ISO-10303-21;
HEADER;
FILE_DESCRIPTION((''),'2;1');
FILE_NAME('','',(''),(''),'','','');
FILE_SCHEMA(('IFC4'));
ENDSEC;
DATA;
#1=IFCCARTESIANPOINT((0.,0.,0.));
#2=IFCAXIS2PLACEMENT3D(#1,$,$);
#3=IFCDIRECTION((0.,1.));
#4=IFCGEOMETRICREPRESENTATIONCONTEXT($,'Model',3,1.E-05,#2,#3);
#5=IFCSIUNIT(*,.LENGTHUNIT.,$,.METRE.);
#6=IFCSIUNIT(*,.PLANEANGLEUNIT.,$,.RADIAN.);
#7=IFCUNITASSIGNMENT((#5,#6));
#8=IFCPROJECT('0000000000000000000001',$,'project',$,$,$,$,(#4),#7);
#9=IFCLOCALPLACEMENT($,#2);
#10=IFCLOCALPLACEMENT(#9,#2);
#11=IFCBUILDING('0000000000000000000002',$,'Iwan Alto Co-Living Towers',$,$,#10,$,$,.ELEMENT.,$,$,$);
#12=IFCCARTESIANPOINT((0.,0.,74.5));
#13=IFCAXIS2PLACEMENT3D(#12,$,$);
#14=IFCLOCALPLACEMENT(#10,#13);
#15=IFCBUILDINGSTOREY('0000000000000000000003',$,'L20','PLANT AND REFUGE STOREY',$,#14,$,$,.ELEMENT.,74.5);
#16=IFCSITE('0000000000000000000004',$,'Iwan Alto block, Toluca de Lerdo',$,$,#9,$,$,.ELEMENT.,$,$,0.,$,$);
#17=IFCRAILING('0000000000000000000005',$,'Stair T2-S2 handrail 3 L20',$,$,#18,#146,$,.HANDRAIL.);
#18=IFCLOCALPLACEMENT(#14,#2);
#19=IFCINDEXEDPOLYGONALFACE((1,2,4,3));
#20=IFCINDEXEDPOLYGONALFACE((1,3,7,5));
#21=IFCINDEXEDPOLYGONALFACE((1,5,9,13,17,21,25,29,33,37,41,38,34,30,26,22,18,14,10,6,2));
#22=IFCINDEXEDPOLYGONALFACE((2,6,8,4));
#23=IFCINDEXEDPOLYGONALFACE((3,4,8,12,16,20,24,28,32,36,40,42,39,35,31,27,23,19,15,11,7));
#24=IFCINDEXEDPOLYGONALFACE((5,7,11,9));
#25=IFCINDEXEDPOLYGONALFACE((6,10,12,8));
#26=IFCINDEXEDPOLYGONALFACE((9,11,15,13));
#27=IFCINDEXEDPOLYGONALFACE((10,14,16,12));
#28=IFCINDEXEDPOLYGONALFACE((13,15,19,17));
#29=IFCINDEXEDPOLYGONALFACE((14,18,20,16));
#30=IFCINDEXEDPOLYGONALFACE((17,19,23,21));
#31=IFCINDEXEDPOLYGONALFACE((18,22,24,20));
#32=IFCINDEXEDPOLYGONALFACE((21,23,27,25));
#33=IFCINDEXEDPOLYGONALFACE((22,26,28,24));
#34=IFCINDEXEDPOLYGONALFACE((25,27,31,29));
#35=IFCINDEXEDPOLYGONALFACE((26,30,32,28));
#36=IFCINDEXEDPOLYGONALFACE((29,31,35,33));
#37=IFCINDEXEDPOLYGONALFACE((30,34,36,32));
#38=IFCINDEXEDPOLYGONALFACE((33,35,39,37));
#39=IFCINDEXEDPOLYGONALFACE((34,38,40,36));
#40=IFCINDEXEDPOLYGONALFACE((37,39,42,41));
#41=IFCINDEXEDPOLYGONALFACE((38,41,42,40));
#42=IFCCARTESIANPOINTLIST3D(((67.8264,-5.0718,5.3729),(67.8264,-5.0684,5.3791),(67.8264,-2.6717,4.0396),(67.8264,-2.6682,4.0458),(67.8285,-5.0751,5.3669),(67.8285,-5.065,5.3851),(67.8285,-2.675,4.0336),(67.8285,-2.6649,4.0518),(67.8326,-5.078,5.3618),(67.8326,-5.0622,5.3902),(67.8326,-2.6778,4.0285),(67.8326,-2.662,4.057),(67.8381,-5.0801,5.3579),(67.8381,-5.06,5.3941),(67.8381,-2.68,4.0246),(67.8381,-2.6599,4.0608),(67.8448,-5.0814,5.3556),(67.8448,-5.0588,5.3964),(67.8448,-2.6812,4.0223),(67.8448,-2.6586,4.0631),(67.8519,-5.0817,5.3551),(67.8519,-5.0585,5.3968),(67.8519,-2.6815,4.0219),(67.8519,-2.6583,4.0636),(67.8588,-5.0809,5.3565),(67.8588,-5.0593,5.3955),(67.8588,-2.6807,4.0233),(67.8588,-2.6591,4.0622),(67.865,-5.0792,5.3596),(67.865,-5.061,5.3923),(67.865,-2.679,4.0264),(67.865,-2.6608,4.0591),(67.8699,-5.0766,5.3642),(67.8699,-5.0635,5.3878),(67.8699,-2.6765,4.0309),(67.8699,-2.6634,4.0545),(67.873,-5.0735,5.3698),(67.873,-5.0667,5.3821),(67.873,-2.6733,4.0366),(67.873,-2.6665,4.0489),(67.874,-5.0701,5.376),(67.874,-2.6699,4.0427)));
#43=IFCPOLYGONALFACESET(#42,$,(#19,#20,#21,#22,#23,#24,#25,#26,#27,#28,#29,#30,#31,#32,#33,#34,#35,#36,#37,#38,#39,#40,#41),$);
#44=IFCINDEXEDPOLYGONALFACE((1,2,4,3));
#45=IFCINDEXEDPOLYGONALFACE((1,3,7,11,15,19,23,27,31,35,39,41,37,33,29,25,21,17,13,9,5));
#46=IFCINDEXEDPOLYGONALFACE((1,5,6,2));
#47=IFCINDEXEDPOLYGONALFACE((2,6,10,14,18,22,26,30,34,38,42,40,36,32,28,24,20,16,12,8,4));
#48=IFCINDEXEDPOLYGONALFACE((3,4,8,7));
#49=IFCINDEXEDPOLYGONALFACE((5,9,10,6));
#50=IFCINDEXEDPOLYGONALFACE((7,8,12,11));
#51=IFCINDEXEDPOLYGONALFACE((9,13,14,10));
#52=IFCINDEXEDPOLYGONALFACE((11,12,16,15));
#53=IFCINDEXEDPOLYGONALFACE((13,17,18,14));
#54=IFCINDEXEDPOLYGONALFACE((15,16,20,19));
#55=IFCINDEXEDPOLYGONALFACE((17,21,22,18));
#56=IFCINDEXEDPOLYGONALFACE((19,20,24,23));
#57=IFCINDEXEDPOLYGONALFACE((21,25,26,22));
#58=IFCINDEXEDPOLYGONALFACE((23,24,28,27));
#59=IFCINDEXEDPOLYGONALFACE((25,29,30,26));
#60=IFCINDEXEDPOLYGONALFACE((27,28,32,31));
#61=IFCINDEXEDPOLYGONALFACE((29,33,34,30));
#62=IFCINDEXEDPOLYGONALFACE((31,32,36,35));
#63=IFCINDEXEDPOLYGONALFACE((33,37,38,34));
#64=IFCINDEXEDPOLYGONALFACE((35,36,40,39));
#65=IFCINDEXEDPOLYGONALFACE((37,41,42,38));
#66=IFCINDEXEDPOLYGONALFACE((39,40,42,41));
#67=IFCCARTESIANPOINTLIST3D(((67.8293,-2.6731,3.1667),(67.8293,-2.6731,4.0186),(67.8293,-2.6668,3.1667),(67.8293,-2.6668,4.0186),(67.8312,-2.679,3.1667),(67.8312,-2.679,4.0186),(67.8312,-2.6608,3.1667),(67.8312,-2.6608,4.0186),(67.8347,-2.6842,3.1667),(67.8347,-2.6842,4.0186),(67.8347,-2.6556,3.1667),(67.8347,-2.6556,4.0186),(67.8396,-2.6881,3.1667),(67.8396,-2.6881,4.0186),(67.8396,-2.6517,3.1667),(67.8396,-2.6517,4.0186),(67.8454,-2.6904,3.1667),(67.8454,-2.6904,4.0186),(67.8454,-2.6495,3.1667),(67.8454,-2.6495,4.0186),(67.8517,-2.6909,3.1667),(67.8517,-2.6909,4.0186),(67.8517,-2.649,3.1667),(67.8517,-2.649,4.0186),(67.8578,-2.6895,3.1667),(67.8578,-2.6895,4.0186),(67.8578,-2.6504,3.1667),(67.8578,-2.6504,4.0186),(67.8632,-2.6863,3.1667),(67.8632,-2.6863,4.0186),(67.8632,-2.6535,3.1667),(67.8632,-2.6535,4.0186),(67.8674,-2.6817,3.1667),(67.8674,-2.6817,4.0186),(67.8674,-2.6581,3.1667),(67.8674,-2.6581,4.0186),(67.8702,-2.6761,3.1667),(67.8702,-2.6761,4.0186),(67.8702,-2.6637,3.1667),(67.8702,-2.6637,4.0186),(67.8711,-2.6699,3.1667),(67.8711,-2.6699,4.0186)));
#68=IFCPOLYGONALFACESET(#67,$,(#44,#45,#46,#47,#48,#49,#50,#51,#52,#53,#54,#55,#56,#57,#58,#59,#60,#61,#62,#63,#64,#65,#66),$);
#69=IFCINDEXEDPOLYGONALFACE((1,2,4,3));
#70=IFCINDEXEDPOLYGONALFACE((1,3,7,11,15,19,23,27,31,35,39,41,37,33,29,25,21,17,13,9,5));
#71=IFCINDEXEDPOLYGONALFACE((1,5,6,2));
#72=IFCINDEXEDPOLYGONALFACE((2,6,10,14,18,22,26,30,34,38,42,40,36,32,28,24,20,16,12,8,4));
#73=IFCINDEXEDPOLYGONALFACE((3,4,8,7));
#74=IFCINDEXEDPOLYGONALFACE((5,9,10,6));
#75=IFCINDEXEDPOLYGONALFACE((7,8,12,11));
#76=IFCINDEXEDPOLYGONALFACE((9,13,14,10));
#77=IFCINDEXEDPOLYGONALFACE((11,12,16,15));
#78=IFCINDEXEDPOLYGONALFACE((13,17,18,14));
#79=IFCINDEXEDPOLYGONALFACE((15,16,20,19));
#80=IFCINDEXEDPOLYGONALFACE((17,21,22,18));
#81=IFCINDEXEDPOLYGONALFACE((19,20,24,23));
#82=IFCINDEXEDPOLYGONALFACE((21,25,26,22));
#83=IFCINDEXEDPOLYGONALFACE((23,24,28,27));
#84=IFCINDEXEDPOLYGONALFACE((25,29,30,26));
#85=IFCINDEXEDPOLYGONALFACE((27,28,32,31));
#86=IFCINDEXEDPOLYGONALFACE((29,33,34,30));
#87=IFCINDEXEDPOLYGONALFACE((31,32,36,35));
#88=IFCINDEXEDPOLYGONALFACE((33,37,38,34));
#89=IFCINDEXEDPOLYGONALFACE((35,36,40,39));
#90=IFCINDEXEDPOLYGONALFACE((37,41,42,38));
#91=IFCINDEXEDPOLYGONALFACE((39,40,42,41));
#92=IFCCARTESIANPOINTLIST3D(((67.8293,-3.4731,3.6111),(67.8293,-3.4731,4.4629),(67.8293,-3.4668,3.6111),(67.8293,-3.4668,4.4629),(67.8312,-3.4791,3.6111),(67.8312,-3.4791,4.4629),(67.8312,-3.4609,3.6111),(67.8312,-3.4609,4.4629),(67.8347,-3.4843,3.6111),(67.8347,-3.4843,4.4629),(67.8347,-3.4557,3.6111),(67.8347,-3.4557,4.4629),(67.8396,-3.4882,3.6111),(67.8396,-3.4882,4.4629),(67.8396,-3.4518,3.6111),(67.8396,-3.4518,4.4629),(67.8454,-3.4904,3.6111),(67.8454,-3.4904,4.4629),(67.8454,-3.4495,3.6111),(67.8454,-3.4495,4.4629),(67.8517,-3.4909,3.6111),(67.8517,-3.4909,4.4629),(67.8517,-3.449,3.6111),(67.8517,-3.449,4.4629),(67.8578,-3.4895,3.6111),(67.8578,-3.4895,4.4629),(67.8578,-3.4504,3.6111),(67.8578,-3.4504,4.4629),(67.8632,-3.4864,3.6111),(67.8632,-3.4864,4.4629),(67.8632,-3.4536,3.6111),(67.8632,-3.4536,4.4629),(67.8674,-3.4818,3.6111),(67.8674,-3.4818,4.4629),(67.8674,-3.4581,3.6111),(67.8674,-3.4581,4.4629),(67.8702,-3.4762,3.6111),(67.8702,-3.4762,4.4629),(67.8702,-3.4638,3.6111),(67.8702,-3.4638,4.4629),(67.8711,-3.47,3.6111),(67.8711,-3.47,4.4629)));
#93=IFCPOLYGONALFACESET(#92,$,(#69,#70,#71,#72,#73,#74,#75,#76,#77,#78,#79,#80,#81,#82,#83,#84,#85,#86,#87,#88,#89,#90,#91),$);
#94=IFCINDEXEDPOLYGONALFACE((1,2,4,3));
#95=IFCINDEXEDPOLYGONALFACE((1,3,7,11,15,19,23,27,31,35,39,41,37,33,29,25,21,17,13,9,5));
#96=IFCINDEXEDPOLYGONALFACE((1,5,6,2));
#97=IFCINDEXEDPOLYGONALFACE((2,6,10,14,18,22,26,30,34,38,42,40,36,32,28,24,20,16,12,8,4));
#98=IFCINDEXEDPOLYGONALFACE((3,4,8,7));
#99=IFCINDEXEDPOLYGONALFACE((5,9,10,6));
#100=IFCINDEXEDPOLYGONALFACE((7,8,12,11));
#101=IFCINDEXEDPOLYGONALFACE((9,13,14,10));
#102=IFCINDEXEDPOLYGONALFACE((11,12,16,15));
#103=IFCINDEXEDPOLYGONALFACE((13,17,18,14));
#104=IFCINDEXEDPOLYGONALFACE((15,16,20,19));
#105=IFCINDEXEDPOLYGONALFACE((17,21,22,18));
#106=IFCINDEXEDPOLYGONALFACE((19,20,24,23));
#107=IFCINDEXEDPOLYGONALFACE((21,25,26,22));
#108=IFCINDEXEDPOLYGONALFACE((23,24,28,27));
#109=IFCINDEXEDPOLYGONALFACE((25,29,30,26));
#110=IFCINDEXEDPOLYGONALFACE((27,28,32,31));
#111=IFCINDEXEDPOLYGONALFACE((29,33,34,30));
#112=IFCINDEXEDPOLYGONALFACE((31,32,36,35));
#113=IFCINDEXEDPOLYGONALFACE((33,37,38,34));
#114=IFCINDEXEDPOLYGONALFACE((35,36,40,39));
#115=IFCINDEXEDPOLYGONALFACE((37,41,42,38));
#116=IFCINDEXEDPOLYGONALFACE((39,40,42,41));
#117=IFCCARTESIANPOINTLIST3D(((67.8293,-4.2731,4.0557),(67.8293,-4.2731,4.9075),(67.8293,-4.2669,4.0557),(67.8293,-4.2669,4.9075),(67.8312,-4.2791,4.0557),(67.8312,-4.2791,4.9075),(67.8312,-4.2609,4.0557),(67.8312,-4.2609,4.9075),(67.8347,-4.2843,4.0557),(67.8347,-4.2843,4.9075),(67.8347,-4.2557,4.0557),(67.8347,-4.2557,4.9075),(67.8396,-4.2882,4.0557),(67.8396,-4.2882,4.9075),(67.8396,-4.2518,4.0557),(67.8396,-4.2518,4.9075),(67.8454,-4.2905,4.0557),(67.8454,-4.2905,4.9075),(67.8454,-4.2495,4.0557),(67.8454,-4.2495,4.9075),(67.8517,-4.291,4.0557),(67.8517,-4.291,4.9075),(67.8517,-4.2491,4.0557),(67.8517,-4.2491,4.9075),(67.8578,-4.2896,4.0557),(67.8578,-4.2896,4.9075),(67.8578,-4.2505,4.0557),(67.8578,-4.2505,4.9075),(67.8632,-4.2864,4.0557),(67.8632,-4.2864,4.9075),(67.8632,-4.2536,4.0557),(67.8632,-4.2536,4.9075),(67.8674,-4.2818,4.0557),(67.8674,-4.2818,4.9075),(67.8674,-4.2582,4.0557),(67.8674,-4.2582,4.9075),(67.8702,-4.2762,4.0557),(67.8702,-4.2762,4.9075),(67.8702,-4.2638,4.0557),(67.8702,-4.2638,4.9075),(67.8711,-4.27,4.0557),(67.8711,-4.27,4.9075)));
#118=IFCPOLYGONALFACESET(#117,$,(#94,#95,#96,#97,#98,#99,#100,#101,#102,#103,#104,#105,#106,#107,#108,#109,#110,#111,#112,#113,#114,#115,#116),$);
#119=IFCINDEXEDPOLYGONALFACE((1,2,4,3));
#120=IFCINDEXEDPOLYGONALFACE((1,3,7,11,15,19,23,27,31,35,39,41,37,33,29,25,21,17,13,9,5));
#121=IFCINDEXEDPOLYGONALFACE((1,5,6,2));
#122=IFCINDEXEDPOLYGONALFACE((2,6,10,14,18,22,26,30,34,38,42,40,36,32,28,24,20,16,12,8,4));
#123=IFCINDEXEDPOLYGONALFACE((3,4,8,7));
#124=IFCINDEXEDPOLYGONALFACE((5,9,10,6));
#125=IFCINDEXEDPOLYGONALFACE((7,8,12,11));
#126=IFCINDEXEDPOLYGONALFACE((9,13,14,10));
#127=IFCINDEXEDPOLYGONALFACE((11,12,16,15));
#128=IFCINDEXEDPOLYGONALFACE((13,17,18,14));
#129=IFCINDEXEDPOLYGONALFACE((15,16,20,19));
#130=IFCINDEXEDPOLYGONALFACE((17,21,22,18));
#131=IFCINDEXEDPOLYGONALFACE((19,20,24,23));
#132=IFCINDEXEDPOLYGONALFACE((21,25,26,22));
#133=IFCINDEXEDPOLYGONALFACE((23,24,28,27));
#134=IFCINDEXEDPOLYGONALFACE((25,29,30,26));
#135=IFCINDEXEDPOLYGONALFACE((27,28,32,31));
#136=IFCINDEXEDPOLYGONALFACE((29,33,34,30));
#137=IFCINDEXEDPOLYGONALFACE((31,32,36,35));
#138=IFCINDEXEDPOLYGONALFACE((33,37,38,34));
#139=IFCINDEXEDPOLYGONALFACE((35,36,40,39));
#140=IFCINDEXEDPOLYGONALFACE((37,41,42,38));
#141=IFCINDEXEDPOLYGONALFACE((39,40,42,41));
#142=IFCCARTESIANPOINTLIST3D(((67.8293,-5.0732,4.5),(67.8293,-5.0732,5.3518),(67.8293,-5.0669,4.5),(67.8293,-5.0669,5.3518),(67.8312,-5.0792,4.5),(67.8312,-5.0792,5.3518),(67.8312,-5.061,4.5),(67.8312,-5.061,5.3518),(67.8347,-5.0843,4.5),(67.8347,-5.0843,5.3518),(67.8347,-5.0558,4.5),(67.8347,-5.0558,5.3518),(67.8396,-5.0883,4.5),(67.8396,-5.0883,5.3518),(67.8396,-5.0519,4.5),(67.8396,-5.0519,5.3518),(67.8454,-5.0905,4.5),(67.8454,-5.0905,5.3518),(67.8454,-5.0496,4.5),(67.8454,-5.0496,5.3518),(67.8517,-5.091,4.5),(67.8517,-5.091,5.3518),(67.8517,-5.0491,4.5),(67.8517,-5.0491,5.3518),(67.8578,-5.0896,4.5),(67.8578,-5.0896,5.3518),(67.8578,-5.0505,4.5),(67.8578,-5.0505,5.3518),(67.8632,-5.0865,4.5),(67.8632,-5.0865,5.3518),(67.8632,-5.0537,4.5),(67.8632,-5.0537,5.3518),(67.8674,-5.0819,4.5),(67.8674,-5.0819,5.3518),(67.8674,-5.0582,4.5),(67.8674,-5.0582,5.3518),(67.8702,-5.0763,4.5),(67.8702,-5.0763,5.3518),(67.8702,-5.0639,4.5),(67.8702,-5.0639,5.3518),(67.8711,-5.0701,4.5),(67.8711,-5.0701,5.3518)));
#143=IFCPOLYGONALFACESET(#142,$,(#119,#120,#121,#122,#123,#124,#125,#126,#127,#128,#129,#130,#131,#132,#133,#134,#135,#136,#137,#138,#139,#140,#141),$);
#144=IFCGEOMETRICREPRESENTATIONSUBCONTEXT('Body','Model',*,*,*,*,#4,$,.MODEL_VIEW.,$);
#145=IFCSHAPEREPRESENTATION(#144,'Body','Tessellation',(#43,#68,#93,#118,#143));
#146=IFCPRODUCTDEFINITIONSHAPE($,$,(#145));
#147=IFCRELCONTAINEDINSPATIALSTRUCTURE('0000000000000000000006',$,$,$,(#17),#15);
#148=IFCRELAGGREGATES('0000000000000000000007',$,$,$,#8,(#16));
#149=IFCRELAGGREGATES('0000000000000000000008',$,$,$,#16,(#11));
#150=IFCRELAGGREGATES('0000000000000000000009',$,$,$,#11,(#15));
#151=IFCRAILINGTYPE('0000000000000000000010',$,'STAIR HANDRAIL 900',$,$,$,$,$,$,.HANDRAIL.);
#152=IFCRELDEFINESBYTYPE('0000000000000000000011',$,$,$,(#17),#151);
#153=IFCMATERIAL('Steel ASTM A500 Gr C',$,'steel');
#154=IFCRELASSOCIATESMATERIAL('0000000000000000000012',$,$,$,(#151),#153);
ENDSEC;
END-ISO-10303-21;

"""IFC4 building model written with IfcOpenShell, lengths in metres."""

from ifc_helpers import new_model, si_unit, direction, frame, origin, origin_2d, place, context, subcontext, project, spatial, circle, extrude, material, type_object, element, save


model = new_model("IFC4")

# Units and contexts
model_context = context("Model", 3, precision=1e-05, world=origin(), true_north=direction((0.0, 1.0)))
body_context = subcontext(model_context, "Body", "Model", "MODEL_VIEW")
ifc_project = project(units=[si_unit("LENGTHUNIT", "METRE"), si_unit("PLANEANGLEUNIT", "RADIAN")], contexts=[model_context])

# Site, building, storey
site_placement = place(None, origin())
site = spatial("IfcSite", under=ifc_project, at=site_placement, Name="Iwan Alto block, Toluca de Lerdo", CompositionType="ELEMENT", RefElevation=0.0)
building_placement = place(site_placement, origin())
building = spatial("IfcBuilding", under=site, at=building_placement, Name="Iwan Alto Co-Living Towers", CompositionType="ELEMENT")
storey_placement = place(building_placement, frame((0.0, 0.0, 74.5)))
storey = spatial("IfcBuildingStorey", under=building, at=storey_placement, Name="L20", Description="PLANT AND REFUGE STOREY", CompositionType="ELEMENT", Elevation=74.5)

# Railing
ifc_material_1 = material(Name="Steel ASTM A500 Gr C", Category="steel")
railing_type_1 = type_object("IfcRailingType", Name="STAIR HANDRAIL 900", PredefinedType="HANDRAIL", material=ifc_material_1)
railing_1_placement = place(storey_placement, frame((67.8501, -2.6699, 3.1667)))
element("IfcRailing", 1, at=railing_1_placement, inside=storey, type_object=railing_type_1, Name="Stair T2-S2 handrail 3 L20", PredefinedType="HANDRAIL", context=body_context, shape_type="SweptSolid", body=[
    extrude(circle(Radius=0.0239, at=origin_2d()), frame((0.0, 0.0, 0.876), z_axis=(0.0, -0.874182, 0.485598), x_axis=(1.0, 0.0, 0.0)), (0.0, 0.0, 1.0), 2.7456),
    extrude(circle(Radius=0.021, at=origin_2d()), origin(), (0.0, 0.0, 1.0), 0.8518),
    extrude(circle(Radius=0.021, at=origin_2d()), frame((0.0, -0.8, 0.4443)), (0.0, 0.0, 1.0), 0.8518),
    extrude(circle(Radius=0.021, at=origin_2d()), frame((0.0, -1.6001, 0.8889)), (0.0, 0.0, 1.0), 0.8518),
    extrude(circle(Radius=0.021, at=origin_2d()), frame((0.0, -2.4001, 1.3333)), (0.0, 0.0, 1.0), 0.8518),
])

save(model, "model.ifc")
